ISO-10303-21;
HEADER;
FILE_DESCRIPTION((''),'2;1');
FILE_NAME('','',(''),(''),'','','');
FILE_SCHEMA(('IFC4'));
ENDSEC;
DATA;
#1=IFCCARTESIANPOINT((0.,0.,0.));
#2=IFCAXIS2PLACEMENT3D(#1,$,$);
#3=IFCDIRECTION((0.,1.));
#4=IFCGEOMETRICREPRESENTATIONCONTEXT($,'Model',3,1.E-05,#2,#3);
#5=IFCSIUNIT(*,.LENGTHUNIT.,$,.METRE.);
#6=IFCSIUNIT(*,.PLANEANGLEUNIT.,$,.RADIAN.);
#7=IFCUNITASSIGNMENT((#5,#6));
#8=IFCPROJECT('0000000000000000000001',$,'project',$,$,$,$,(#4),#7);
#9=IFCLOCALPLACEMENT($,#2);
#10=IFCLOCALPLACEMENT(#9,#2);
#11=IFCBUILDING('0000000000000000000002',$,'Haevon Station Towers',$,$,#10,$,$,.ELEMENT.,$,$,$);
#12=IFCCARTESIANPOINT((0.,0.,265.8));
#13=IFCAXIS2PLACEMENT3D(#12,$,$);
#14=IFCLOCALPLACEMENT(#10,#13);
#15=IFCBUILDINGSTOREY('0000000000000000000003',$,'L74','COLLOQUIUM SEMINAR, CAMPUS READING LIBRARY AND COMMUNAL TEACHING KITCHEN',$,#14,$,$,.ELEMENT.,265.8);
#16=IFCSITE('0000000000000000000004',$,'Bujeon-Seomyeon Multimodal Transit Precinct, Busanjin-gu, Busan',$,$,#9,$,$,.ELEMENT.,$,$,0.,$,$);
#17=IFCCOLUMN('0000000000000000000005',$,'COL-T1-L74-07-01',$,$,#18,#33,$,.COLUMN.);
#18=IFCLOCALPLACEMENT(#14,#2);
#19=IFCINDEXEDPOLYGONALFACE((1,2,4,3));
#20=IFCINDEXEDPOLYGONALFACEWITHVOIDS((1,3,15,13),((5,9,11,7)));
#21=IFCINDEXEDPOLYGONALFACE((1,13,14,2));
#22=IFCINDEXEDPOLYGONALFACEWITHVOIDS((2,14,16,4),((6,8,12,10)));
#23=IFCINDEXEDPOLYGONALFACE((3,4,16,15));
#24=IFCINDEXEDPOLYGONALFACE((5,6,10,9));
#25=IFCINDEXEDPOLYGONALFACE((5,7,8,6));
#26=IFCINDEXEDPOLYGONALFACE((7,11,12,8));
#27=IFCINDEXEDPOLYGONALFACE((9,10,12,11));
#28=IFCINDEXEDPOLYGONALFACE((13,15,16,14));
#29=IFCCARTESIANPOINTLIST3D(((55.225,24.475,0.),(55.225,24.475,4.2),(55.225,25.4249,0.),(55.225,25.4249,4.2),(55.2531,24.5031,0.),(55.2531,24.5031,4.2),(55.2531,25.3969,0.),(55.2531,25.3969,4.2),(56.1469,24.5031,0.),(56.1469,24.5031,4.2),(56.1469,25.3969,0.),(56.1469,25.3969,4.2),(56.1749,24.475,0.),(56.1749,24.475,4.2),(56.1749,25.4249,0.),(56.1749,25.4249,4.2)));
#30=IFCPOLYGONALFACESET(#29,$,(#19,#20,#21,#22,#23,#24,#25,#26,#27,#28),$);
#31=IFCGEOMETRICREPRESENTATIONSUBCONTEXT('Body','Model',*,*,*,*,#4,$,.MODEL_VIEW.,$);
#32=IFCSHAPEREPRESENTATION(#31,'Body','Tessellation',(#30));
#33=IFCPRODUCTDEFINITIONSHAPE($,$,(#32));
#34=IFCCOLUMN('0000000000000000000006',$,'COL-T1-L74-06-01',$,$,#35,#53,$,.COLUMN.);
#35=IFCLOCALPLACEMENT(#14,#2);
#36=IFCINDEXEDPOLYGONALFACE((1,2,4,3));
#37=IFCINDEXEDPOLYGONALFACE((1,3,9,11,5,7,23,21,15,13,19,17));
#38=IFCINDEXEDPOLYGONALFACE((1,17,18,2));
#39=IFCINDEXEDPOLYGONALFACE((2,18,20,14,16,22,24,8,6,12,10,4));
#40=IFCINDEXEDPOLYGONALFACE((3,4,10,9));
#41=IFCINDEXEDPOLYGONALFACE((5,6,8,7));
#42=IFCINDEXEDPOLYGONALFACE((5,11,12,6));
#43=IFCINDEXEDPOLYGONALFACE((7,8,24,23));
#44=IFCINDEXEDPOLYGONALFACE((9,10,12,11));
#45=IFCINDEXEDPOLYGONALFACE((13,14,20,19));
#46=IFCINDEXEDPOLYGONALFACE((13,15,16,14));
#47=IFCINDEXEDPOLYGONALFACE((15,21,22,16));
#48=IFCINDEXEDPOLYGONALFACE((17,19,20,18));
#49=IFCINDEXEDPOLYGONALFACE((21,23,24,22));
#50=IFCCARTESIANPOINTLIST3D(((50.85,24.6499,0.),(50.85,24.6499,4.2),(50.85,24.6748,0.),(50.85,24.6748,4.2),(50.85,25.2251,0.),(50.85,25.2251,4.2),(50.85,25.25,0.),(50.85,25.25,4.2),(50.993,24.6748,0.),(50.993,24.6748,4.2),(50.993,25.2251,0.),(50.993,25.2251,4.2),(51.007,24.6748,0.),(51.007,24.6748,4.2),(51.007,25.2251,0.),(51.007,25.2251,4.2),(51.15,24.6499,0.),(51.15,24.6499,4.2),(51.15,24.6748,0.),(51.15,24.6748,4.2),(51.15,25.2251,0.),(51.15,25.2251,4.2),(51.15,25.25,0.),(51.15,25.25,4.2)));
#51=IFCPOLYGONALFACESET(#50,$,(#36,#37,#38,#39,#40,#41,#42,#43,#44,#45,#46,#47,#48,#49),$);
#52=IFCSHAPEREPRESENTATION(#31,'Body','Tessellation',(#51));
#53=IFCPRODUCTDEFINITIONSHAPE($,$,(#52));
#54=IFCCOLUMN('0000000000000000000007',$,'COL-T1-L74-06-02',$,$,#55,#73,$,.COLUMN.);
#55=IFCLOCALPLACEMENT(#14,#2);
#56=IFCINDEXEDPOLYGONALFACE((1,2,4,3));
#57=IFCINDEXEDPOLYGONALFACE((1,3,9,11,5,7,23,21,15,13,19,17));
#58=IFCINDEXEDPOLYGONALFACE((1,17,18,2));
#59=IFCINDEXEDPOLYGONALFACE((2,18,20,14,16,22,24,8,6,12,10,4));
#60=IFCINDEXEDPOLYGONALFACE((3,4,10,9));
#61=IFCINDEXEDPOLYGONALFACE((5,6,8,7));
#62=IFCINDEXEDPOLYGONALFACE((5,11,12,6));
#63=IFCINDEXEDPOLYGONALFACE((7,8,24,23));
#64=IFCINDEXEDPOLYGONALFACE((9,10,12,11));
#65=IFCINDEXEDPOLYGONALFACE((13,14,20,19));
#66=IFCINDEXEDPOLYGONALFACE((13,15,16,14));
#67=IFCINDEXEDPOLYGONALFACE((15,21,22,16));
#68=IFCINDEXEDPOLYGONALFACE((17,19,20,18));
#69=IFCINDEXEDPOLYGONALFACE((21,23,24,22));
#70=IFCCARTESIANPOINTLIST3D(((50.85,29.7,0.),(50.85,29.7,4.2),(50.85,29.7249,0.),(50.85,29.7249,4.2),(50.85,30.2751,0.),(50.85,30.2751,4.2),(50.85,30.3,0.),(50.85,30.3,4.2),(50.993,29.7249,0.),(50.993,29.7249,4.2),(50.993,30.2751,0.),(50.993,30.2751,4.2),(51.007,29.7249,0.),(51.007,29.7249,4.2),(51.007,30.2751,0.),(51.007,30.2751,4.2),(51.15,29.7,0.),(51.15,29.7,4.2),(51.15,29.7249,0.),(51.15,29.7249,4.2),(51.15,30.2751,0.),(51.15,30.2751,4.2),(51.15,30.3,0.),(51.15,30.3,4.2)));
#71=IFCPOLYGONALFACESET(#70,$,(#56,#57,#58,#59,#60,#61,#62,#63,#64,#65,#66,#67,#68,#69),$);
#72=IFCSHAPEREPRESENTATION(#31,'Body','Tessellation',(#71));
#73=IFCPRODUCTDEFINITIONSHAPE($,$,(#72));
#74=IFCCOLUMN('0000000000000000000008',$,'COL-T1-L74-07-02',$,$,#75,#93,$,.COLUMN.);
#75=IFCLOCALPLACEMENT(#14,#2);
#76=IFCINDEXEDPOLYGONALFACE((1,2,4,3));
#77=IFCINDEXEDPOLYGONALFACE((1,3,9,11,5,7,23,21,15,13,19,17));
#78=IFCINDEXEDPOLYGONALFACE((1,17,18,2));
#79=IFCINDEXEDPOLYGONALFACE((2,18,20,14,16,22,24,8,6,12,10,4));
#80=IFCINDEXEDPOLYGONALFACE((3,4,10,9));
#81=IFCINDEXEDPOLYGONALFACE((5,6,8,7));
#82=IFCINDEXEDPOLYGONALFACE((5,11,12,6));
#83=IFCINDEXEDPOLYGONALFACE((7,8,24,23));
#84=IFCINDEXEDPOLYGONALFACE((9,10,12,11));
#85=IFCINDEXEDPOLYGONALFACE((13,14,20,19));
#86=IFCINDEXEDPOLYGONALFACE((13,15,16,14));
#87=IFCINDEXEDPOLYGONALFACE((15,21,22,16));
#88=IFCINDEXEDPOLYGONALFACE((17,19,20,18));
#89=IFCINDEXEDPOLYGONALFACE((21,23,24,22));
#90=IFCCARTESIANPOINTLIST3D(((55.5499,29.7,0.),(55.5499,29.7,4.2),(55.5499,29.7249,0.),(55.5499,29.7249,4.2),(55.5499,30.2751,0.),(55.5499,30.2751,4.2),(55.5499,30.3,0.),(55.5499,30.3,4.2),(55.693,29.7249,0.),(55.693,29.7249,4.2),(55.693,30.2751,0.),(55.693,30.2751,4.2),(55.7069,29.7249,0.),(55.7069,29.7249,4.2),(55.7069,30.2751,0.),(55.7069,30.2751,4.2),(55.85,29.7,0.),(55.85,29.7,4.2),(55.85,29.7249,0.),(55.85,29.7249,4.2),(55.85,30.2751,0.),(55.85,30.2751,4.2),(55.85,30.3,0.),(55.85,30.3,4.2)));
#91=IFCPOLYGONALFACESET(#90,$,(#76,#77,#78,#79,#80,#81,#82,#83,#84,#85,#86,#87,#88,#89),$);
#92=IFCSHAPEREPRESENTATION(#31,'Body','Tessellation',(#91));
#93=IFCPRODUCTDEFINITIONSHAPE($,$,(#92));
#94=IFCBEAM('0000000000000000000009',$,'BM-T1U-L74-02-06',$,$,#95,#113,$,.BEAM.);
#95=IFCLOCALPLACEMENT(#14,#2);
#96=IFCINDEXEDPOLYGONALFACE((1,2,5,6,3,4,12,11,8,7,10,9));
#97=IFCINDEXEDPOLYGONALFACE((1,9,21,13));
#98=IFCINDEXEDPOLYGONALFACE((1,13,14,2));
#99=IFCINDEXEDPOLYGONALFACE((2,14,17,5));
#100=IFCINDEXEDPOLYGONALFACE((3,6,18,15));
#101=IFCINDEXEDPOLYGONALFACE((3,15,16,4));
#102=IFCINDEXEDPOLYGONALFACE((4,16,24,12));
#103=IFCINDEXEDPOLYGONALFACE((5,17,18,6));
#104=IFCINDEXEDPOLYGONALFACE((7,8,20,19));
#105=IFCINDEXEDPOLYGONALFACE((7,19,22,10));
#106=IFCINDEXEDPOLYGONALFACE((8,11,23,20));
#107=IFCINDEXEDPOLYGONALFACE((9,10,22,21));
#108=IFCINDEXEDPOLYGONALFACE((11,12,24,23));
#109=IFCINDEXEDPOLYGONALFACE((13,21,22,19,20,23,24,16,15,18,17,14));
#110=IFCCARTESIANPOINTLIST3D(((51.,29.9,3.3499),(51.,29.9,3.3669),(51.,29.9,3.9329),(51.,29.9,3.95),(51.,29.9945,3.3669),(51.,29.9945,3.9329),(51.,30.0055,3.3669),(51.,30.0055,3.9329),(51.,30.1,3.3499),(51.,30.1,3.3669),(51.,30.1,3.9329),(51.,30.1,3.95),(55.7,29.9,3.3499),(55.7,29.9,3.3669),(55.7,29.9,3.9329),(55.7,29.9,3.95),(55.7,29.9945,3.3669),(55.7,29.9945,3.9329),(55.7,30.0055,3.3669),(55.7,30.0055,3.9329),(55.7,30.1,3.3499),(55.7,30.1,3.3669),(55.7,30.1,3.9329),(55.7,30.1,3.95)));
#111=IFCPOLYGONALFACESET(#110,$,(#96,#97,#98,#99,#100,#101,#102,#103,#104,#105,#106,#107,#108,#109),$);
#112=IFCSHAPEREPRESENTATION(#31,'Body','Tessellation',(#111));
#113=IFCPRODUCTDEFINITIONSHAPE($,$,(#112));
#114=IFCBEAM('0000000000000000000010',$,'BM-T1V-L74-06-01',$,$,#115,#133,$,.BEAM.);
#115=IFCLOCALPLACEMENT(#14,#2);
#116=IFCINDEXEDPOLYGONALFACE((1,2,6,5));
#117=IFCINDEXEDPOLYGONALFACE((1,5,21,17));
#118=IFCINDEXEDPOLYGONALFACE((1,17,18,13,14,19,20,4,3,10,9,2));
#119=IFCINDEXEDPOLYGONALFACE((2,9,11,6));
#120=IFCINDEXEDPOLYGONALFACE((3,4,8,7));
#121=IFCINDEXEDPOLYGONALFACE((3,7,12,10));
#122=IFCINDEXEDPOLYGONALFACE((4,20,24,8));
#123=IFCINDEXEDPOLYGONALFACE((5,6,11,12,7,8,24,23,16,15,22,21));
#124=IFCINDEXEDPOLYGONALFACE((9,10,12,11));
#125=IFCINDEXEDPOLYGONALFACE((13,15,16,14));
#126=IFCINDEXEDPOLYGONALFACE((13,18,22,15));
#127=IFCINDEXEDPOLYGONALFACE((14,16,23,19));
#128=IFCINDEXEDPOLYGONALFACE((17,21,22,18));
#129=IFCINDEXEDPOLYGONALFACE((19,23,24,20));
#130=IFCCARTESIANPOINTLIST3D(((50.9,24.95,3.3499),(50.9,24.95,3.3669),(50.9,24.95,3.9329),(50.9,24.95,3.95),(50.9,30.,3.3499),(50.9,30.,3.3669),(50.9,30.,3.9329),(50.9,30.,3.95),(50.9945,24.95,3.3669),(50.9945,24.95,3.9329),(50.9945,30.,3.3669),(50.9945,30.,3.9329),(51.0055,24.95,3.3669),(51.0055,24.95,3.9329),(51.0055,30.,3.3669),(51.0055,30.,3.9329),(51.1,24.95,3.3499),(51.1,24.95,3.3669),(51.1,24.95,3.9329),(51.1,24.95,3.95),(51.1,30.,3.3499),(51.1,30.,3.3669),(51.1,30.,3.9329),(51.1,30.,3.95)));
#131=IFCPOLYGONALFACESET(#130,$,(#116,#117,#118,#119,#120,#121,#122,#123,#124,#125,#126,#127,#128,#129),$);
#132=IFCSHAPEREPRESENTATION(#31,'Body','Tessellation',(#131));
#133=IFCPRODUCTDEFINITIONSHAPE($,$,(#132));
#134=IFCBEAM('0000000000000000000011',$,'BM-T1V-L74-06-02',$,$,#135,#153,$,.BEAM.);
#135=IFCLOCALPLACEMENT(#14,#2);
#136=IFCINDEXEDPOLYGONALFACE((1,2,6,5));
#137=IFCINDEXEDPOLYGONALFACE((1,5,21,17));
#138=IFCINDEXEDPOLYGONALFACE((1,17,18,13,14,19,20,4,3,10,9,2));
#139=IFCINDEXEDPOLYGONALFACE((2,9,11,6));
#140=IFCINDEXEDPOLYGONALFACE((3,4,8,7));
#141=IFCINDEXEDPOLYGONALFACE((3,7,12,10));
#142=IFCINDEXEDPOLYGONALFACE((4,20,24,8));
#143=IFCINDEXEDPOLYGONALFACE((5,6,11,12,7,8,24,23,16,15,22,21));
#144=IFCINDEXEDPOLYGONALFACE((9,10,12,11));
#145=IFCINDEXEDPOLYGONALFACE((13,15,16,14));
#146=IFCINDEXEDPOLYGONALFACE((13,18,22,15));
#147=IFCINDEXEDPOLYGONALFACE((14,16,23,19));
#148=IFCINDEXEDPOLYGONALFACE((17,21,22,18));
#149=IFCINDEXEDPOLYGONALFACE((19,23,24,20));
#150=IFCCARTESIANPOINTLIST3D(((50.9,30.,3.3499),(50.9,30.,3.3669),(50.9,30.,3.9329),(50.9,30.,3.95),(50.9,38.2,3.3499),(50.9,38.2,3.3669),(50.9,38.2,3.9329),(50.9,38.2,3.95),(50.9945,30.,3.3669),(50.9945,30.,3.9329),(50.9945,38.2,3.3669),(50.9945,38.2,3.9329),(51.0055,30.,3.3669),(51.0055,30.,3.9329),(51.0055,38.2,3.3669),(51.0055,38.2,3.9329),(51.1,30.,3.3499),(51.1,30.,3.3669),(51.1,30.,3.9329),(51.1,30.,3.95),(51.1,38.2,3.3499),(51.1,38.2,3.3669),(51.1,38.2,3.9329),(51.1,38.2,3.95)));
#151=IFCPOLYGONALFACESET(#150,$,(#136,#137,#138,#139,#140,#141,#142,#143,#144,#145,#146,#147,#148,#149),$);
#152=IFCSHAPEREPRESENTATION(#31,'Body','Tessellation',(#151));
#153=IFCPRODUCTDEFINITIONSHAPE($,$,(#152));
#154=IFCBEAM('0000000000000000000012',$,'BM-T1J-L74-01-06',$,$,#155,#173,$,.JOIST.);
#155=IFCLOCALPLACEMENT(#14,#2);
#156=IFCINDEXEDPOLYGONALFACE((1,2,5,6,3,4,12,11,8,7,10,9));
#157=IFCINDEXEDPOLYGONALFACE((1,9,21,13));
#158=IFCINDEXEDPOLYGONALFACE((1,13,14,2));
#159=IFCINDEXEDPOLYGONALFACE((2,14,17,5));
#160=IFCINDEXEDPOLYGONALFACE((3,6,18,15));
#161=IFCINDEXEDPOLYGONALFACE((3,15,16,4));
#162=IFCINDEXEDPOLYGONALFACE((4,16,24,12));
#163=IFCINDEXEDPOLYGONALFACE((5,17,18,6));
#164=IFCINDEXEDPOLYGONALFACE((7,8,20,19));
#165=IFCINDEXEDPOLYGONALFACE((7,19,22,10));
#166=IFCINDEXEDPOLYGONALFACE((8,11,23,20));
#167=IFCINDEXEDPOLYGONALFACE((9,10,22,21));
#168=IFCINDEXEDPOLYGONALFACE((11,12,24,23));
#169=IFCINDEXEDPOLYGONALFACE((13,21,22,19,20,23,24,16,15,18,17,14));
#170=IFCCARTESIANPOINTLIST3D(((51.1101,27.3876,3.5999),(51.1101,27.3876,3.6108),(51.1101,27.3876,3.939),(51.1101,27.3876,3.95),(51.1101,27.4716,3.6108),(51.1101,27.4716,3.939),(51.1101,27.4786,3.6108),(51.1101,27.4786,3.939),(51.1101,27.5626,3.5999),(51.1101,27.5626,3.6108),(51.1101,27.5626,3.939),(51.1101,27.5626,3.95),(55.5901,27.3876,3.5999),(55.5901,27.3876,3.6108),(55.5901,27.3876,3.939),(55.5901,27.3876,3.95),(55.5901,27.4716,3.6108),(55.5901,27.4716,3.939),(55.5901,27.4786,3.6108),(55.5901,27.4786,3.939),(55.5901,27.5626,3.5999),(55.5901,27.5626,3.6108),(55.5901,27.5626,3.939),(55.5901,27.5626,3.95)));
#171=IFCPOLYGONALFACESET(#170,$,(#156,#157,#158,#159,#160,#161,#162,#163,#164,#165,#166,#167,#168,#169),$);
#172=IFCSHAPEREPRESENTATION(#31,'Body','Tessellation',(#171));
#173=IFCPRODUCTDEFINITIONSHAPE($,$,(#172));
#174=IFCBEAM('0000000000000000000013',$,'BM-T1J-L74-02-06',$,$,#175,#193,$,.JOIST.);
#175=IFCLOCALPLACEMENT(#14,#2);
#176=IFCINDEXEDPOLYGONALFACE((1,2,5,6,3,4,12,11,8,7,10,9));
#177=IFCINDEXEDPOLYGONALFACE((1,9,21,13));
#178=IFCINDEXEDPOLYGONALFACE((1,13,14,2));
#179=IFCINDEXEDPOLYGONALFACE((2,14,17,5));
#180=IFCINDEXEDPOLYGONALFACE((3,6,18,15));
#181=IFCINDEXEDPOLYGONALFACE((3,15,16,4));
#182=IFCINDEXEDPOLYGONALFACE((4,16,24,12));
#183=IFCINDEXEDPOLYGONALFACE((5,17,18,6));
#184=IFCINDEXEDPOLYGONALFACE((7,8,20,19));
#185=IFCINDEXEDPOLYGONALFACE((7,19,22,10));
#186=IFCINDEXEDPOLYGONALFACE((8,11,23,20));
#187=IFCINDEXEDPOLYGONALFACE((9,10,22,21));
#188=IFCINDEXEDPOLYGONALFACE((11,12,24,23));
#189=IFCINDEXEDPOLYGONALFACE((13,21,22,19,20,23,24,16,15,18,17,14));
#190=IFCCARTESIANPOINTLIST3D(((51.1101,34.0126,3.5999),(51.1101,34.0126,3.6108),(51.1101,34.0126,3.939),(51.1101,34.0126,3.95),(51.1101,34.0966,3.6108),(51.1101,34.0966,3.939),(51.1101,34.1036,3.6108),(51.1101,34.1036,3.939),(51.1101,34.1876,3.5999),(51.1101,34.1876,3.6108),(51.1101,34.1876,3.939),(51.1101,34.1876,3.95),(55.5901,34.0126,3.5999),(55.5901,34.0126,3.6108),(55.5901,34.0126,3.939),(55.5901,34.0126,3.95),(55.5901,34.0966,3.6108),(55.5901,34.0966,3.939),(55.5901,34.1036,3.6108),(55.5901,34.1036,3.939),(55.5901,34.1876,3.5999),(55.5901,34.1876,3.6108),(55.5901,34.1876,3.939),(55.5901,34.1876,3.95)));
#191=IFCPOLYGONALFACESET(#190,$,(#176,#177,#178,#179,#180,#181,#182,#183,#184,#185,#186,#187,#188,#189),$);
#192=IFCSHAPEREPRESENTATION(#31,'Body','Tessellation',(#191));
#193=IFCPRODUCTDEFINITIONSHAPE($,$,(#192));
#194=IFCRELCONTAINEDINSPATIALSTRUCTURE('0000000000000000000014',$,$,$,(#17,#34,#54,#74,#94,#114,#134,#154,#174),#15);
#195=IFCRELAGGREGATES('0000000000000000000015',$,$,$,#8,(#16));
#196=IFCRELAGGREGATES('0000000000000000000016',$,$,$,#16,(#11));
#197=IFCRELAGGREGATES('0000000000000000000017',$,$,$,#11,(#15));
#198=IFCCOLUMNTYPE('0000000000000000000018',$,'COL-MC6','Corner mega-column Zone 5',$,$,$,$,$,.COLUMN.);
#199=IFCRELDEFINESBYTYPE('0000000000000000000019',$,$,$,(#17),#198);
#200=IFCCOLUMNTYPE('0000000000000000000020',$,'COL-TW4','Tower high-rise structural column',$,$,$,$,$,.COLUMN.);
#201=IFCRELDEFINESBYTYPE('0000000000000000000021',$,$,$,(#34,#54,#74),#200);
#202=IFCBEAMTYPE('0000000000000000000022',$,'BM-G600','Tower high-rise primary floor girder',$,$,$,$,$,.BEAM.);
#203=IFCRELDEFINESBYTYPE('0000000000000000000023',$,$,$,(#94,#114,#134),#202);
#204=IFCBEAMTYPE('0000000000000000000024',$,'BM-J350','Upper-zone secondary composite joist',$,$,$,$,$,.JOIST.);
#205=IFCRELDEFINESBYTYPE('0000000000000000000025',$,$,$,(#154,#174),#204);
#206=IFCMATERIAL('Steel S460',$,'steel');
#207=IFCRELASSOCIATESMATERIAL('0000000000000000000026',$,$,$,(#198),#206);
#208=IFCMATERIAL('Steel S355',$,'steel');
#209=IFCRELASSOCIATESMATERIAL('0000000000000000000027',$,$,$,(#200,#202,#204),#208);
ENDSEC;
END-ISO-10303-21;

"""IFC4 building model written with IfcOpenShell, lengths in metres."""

from ifc_helpers import new_model, si_unit, direction, frame, origin, origin_2d, place, context, subcontext, project, spatial, hollow_rectangle, i_section, extrude, material, material_profile, profile_set, type_object, element, save


model = new_model("IFC4")

# Units and contexts
model_context = context("Model", 3, precision=1e-05, world=origin(), true_north=direction((0.0, 1.0)))
body_context = subcontext(model_context, "Body", "Model", "MODEL_VIEW")
ifc_project = project(units=[si_unit("LENGTHUNIT", "METRE"), si_unit("PLANEANGLEUNIT", "RADIAN")], contexts=[model_context])

# Site, building, storey
site_placement = place(None, origin())
site = spatial("IfcSite", under=ifc_project, at=site_placement, Name="Bujeon-Seomyeon Multimodal Transit Precinct, Busanjin-gu, Busan", CompositionType="ELEMENT", RefElevation=0.0)
building_placement = place(site_placement, origin())
building = spatial("IfcBuilding", under=site, at=building_placement, Name="Haevon Station Towers", CompositionType="ELEMENT")
storey_placement = place(building_placement, frame((0.0, 0.0, 265.8)))
storey = spatial("IfcBuildingStorey", under=building, at=storey_placement, Name="L74", Description="COLLOQUIUM SEMINAR, CAMPUS READING LIBRARY AND COMMUNAL TEACHING KITCHEN", CompositionType="ELEMENT", Elevation=265.8)

# Columns
ifc_material_1 = material(Name="Steel S460", Category="steel")
ifc_material_profile_1 = material_profile(ifc_material_1, hollow_rectangle(XDim=0.95, YDim=0.95, WallThickness=0.0281, at=origin_2d()), Name="BOX-950x950x28")
ifc_profile_set_1 = profile_set([ifc_material_profile_1], Name="Steel S460")
column_type_1 = type_object("IfcColumnType", Name="COL-MC6", Description="Corner mega-column Zone 5", PredefinedType="COLUMN", material=ifc_profile_set_1)
column_placement = place(storey_placement, frame((55.7, 24.95, 0.0), z_axis=(0.0, 0.0, 1.0), x_axis=(1.0, 0.0, 0.0)))
element("IfcColumn", 1, at=column_placement, inside=storey, type_object=column_type_1, Name="COL-T1-L74-07-01", PredefinedType="COLUMN", context=body_context, shape_type="SweptSolid", body=[
    extrude(hollow_rectangle(XDim=0.95, YDim=0.95, WallThickness=0.0281, at=origin_2d()), origin(), (0.0, 0.0, 1.0), 4.2),
])
ifc_material_2 = material(Name="Steel S355", Category="steel")
ifc_material_profile_2 = material_profile(ifc_material_2, i_section(OverallWidth=0.3, OverallDepth=0.6001, WebThickness=0.0139, FlangeThickness=0.0249, at=origin_2d()), Name="H-600x300x14x25")
ifc_profile_set_2 = profile_set([ifc_material_profile_2], Name="Steel S355")
column_type_2 = type_object("IfcColumnType", Name="COL-TW4", Description="Tower high-rise structural column", PredefinedType="COLUMN", material=ifc_profile_set_2)
for number, where, z_axis, x_axis, name in (
    (2, (51.0, 24.95, 0.0), (0.0, 0.0, 1.0), (1.0, 0.0, 0.0), "COL-T1-L74-06-01"),
    (3, (51.0, 30.0, 0.0), (0.0, 0.0, 1.0), (1.0, 0.0, 0.0), "COL-T1-L74-06-02"),
    (4, (55.7, 30.0, 0.0), (0.0, 0.0, 1.0), (1.0, 0.0, 0.0), "COL-T1-L74-07-02"),
):
    element("IfcColumn", number, at=place(storey_placement, frame(where, z_axis=z_axis, x_axis=x_axis)), inside=storey, type_object=column_type_2, Name=name, PredefinedType="COLUMN", context=body_context, shape_type="SweptSolid", body=[
        extrude(i_section(OverallWidth=0.3, OverallDepth=0.6001, WebThickness=0.0139, FlangeThickness=0.0249, at=origin_2d()), origin(), (0.0, 0.0, 1.0), 4.2),
    ])

# Beams
ifc_material_profile_3 = material_profile(ifc_material_2, i_section(OverallWidth=0.2, OverallDepth=0.6001, WebThickness=0.011, FlangeThickness=0.0171, at=origin_2d()), Name="H-600x200x11x17")
ifc_profile_set_3 = profile_set([ifc_material_profile_3], Name="Steel S355")
beam_type_1 = type_object("IfcBeamType", Name="BM-G600", Description="Tower high-rise primary floor girder", PredefinedType="BEAM", material=ifc_profile_set_3)
beam_1_placement = place(storey_placement, frame((51.0, 30.0, 3.6499), z_axis=(1.0, 0.0, 0.0), x_axis=(0.0, 1.0, 0.0)))
element("IfcBeam", 5, at=beam_1_placement, inside=storey, type_object=beam_type_1, Name="BM-T1U-L74-02-06", PredefinedType="BEAM", context=body_context, shape_type="SweptSolid", body=[
    extrude(i_section(OverallWidth=0.2, OverallDepth=0.6001, WebThickness=0.011, FlangeThickness=0.0171, at=origin_2d()), origin(), (0.0, 0.0, 1.0), 4.7),
])
beam_2_placement = place(storey_placement, frame((51.0, 24.95, 3.6499), z_axis=(0.0, 1.0, 0.0), x_axis=(-1.0, 0.0, 0.0)))
element("IfcBeam", 6, at=beam_2_placement, inside=storey, type_object=beam_type_1, Name="BM-T1V-L74-06-01", PredefinedType="BEAM", context=body_context, shape_type="SweptSolid", body=[
    extrude(i_section(OverallWidth=0.2, OverallDepth=0.6001, WebThickness=0.011, FlangeThickness=0.0171, at=origin_2d()), origin(), (0.0, 0.0, 1.0), 5.05),
])
beam_3_placement = place(storey_placement, frame((51.0, 30.0, 3.6499), z_axis=(0.0, 1.0, 0.0), x_axis=(-1.0, 0.0, 0.0)))
element("IfcBeam", 7, at=beam_3_placement, inside=storey, type_object=beam_type_1, Name="BM-T1V-L74-06-02", PredefinedType="BEAM", context=body_context, shape_type="SweptSolid", body=[
    extrude(i_section(OverallWidth=0.2, OverallDepth=0.6001, WebThickness=0.011, FlangeThickness=0.0171, at=origin_2d()), origin(), (0.0, 0.0, 1.0), 8.2),
])
ifc_material_profile_4 = material_profile(ifc_material_2, i_section(OverallWidth=0.175, OverallDepth=0.3501, WebThickness=0.0071, FlangeThickness=0.011, at=origin_2d()), Name="H-350x175x7x11")
ifc_profile_set_4 = profile_set([ifc_material_profile_4], Name="Steel S355")
beam_type_2 = type_object("IfcBeamType", Name="BM-J350", Description="Upper-zone secondary composite joist", PredefinedType="JOIST", material=ifc_profile_set_4)
for number, where, z_axis, x_axis, name in (
    (8, (51.1101, 27.4751, 3.7749), (1.0, 0.0, 0.0), (0.0, 1.0, 0.0), "BM-T1J-L74-01-06"),
    (9, (51.1101, 34.1001, 3.7749), (1.0, 0.0, 0.0), (0.0, 1.0, 0.0), "BM-T1J-L74-02-06"),
):
    element("IfcBeam", number, at=place(storey_placement, frame(where, z_axis=z_axis, x_axis=x_axis)), inside=storey, type_object=beam_type_2, Name=name, PredefinedType="JOIST", context=body_context, shape_type="SweptSolid", body=[
        extrude(i_section(OverallWidth=0.175, OverallDepth=0.3501, WebThickness=0.0071, FlangeThickness=0.011, at=origin_2d()), origin(), (0.0, 0.0, 1.0), 4.48),
    ])

save(model, "model.ifc")
